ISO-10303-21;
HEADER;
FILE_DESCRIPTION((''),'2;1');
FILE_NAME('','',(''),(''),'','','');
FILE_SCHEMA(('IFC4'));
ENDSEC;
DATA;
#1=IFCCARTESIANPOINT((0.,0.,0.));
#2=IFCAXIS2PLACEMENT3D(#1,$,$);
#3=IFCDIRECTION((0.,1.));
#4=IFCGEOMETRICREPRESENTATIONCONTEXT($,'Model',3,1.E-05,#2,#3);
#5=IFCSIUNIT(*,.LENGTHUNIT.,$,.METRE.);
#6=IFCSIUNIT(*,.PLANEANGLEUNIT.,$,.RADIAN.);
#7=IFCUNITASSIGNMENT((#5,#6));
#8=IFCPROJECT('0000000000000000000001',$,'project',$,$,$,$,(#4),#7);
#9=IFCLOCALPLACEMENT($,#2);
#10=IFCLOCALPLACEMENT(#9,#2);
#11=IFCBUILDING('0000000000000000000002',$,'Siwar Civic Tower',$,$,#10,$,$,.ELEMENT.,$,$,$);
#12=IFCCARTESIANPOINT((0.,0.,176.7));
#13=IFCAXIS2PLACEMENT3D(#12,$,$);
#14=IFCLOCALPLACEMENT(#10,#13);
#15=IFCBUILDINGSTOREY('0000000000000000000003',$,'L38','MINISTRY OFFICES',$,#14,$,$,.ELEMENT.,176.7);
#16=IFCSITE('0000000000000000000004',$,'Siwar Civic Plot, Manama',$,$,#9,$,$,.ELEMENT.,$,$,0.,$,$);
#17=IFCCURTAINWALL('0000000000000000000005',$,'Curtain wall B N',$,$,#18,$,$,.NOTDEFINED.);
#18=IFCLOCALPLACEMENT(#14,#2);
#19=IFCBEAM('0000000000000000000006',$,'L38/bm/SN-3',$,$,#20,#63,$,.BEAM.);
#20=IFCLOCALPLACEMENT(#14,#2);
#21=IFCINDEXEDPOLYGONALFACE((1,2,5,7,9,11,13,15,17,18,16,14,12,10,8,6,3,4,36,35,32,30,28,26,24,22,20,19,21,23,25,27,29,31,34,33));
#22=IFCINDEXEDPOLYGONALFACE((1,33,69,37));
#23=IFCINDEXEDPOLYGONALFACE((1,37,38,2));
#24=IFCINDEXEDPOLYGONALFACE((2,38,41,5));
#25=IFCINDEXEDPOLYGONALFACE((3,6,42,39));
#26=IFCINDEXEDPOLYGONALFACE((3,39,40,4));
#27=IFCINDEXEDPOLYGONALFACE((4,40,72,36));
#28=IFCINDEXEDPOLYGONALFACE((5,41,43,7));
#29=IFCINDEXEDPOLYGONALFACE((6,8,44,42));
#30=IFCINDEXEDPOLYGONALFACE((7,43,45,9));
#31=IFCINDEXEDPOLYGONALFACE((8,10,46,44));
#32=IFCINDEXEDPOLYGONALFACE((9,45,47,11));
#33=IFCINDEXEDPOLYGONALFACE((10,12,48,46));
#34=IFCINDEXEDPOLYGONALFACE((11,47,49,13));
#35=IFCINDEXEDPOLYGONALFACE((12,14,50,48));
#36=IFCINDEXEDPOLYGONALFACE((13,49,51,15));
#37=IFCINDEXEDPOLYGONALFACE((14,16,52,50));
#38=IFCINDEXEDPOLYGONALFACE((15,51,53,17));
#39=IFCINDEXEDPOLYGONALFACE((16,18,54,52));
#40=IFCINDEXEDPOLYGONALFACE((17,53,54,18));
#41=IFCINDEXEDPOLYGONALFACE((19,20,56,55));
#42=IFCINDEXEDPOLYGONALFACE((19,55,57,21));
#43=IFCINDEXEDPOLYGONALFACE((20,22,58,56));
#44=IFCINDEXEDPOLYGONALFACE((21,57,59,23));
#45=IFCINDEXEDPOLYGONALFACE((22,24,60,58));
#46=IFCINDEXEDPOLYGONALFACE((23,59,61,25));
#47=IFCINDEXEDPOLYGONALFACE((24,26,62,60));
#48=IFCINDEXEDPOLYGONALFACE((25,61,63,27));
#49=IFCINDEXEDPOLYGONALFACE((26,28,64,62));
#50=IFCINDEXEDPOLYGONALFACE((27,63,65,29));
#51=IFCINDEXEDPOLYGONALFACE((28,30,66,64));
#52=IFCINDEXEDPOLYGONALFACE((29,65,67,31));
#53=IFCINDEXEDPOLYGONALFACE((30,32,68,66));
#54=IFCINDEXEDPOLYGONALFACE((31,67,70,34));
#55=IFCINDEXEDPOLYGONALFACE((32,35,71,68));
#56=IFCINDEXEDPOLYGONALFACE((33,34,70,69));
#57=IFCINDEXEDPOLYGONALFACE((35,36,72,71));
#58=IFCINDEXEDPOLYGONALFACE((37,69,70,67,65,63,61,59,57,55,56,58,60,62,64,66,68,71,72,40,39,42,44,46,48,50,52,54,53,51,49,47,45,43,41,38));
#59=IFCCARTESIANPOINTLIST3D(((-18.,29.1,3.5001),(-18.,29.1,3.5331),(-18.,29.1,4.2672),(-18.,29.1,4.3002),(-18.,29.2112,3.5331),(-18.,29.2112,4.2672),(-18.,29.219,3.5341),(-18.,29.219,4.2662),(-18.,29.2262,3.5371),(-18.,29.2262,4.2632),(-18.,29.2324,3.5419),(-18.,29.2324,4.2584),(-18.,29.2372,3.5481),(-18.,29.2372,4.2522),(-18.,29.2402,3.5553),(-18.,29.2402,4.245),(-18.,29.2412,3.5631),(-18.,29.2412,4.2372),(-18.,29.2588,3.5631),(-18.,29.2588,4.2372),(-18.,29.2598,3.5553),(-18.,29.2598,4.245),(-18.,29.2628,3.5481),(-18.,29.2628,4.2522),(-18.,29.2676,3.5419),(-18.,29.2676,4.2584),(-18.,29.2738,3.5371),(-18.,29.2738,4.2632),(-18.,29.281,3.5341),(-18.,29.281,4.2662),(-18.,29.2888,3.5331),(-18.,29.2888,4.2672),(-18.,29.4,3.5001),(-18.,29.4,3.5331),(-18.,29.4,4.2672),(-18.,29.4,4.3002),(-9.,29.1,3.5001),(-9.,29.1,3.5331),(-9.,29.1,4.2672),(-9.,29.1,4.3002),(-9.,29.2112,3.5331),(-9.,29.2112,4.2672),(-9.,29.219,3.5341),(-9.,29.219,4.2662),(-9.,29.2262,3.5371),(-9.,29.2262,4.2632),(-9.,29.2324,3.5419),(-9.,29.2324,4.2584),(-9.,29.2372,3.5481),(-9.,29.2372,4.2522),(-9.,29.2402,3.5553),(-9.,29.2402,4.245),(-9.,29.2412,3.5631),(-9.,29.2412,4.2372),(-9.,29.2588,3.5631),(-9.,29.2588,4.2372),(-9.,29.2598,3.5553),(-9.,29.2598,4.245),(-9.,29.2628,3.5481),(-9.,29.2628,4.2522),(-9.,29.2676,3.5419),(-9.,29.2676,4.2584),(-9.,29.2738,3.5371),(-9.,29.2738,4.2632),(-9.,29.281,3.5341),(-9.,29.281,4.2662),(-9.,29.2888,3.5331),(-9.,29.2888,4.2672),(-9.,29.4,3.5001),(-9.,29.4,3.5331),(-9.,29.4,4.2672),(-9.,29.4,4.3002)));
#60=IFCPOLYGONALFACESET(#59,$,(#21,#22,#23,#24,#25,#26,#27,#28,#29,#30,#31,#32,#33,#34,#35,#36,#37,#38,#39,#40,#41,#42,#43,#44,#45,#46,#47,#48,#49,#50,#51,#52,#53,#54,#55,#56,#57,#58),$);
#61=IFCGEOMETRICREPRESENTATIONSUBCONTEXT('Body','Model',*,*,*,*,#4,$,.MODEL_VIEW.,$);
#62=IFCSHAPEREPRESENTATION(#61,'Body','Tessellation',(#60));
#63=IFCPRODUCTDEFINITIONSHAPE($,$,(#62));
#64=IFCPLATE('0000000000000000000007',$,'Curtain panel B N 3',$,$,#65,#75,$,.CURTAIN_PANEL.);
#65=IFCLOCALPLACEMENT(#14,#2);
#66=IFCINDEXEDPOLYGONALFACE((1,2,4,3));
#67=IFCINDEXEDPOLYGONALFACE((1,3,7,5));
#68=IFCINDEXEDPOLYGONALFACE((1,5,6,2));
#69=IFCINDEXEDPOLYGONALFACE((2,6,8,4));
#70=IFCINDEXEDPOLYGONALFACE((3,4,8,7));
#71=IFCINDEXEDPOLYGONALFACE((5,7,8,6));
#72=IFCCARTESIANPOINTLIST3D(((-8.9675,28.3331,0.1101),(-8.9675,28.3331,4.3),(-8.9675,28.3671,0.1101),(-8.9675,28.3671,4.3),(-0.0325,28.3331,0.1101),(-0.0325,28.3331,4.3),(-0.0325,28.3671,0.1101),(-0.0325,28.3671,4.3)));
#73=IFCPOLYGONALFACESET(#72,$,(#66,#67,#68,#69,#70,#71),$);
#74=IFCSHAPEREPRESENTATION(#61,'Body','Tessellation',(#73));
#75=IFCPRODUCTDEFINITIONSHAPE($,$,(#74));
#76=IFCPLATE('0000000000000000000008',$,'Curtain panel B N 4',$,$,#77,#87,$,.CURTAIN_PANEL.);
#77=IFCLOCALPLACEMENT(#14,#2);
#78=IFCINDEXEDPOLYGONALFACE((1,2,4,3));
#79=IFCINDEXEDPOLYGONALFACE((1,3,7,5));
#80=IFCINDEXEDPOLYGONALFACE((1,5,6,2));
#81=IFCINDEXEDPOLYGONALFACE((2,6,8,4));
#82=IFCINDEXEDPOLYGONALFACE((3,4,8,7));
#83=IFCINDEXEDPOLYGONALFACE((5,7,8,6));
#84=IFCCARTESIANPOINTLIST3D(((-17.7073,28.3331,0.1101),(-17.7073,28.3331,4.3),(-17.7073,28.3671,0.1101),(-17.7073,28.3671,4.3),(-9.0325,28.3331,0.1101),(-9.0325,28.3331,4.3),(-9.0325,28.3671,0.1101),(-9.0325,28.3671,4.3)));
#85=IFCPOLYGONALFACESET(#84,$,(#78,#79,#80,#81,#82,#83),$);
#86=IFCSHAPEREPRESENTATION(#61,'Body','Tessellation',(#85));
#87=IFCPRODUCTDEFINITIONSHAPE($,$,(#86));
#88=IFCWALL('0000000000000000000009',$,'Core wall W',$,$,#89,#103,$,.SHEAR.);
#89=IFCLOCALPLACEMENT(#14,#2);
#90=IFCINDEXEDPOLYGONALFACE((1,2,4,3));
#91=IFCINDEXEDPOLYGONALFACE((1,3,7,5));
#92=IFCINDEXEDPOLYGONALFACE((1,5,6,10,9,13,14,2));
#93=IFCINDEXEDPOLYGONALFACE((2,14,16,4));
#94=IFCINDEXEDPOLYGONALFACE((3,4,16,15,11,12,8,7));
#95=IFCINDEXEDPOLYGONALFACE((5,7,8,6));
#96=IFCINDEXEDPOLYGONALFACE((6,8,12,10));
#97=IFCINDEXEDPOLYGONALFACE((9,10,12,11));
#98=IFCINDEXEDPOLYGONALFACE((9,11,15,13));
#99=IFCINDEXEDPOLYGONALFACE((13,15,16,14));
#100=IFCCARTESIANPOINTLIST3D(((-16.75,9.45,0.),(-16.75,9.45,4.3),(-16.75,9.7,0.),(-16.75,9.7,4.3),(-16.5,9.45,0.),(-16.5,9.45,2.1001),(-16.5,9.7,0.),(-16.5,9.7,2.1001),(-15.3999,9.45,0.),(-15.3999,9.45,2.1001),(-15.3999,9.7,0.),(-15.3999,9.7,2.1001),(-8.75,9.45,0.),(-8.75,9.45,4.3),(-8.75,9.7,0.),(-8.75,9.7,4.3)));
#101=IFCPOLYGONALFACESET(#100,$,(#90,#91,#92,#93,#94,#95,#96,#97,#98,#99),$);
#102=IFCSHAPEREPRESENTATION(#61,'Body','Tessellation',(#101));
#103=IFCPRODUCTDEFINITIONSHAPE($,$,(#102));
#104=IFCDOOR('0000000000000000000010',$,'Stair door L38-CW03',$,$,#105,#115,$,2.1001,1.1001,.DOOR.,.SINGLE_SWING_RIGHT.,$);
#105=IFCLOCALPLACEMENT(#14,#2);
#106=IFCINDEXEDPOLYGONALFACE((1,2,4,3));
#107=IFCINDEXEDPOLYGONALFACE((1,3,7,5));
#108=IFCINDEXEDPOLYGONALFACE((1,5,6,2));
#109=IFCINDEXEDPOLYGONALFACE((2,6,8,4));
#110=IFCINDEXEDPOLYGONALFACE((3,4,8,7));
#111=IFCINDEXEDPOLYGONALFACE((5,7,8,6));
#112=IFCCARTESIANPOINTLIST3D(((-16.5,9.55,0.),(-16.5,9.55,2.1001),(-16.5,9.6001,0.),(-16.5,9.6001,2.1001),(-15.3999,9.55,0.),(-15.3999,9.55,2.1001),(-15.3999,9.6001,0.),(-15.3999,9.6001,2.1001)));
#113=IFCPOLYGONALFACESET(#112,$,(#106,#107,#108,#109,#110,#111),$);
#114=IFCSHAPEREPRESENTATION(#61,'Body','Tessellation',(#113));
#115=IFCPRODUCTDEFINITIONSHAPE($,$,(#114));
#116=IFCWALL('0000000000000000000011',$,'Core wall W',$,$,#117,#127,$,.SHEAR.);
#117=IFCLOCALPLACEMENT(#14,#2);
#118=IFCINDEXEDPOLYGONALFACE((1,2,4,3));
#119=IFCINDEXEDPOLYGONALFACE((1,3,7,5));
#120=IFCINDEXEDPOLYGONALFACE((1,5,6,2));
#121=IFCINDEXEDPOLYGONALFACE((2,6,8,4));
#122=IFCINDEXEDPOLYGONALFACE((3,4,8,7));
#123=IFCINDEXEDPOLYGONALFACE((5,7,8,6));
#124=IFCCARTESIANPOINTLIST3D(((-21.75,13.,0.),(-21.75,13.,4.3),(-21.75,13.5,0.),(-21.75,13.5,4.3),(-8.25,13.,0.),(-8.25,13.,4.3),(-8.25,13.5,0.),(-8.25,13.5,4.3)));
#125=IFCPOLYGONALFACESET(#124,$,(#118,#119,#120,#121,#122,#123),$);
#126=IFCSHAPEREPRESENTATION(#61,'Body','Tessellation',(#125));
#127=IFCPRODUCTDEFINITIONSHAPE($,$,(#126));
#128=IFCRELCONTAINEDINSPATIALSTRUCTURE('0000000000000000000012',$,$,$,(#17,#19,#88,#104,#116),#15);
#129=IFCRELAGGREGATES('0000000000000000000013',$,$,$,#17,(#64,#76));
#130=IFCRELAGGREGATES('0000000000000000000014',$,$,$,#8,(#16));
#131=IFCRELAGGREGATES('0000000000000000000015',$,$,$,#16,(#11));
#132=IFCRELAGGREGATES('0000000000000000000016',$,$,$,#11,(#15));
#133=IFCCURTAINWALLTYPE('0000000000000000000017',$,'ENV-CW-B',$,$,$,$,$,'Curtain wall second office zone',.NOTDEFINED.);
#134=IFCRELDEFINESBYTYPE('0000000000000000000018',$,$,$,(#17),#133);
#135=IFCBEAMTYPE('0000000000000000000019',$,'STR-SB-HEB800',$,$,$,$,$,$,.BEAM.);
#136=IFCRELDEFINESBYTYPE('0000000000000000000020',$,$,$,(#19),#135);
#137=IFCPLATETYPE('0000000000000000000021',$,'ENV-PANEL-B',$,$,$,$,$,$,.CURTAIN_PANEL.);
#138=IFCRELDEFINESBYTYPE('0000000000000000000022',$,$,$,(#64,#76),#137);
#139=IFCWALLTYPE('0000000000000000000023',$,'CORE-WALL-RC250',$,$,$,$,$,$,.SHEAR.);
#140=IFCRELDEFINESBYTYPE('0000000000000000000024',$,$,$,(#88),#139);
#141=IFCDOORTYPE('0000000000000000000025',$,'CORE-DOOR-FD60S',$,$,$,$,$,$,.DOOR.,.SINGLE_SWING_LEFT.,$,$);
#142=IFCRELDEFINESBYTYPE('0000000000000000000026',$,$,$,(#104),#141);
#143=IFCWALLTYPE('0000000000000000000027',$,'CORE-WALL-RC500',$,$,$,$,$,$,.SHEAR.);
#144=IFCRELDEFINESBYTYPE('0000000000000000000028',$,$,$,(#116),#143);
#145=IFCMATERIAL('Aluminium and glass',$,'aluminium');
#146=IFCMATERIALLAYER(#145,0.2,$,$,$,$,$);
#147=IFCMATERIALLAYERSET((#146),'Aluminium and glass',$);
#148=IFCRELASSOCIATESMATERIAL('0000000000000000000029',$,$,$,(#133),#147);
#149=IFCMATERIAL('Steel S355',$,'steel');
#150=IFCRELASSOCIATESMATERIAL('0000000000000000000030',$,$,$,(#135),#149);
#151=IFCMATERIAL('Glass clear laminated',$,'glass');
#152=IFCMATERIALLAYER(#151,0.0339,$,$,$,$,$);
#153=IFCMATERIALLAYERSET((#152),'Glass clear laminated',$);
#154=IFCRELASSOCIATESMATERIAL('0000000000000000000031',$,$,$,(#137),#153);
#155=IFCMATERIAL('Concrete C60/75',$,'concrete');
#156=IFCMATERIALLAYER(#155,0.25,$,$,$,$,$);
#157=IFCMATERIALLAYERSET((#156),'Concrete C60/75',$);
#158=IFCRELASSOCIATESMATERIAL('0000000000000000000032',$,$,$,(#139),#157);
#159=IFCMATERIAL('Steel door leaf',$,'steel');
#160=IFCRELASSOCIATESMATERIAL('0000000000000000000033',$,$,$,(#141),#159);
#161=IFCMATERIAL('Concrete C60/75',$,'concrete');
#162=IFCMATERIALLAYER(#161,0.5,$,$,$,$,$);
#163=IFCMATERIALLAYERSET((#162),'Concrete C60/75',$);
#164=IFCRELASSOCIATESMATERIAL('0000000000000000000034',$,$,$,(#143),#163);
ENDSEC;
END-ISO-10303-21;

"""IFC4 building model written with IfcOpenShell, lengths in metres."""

from ifc_helpers import new_model, si_unit, direction, frame, frame_2d, origin, origin_2d, place, context, subcontext, project, spatial, rectangle, i_section, extrude, material, layer, layer_set, material_profile, profile_set, type_object, element, fill, aggregate, save


model = new_model("IFC4")

# Units and contexts
model_context = context("Model", 3, precision=1e-05, world=origin(), true_north=direction((0.0, 1.0)))
body_context = subcontext(model_context, "Body", "Model", "MODEL_VIEW")
ifc_project = project(units=[si_unit("LENGTHUNIT", "METRE"), si_unit("PLANEANGLEUNIT", "RADIAN")], contexts=[model_context])

# Site, building, storey
site_placement = place(None, origin())
site = spatial("IfcSite", under=ifc_project, at=site_placement, Name="Siwar Civic Plot, Manama", CompositionType="ELEMENT", RefElevation=0.0)
building_placement = place(site_placement, origin())
building = spatial("IfcBuilding", under=site, at=building_placement, Name="Siwar Civic Tower", CompositionType="ELEMENT")
storey_placement = place(building_placement, frame((0.0, 0.0, 176.7)))
storey = spatial("IfcBuildingStorey", under=building, at=storey_placement, Name="L38", Description="MINISTRY OFFICES", CompositionType="ELEMENT", Elevation=176.7)

# Curtain wall
ifc_material_1 = material(Name="Aluminium and glass", Category="aluminium")
ifc_layer_1 = layer(ifc_material_1, 0.2)
ifc_layer_set_1 = layer_set([ifc_layer_1], Name="Aluminium and glass")
curtain_wall_type = type_object("IfcCurtainWallType", Name="ENV-CW-B", ElementType="Curtain wall second office zone", PredefinedType="NOTDEFINED", material=ifc_layer_set_1)
curtain_wall_placement = place(storey_placement, origin())
curtain_wall = element("IfcCurtainWall", 1, at=curtain_wall_placement, inside=storey, type_object=curtain_wall_type, Name="Curtain wall B N", PredefinedType="NOTDEFINED")

# Beam
ifc_material_2 = material(Name="Steel S355", Category="steel")
ifc_material_profile_1 = material_profile(ifc_material_2, i_section(OverallWidth=0.3, OverallDepth=0.8, WebThickness=0.0176, FlangeThickness=0.033, FilletRadius=0.03, at=origin_2d()), Name="HEB800")
ifc_profile_set_1 = profile_set([ifc_material_profile_1], Name="Steel S355")
beam_type_1 = type_object("IfcBeamType", Name="STR-SB-HEB800", PredefinedType="BEAM", material=ifc_profile_set_1)
for number, where, z_axis, x_axis, name in (
    (2, (-9.0, 29.25, 3.9001), (-1.0, 0.0, 0.0), (0.0, -1.0, 0.0), "L38/bm/SN-3"),
):
    element("IfcBeam", number, at=place(storey_placement, frame(where, z_axis=z_axis, x_axis=x_axis)), inside=storey, type_object=beam_type_1, Name=name, PredefinedType="BEAM", context=body_context, shape_type="SweptSolid", body=[
        extrude(i_section(OverallWidth=0.3, OverallDepth=0.8, WebThickness=0.0176, FlangeThickness=0.033, FilletRadius=0.03, at=origin_2d()), origin(), (0.0, 0.0, 1.0), 9.0),
    ])

# Plates
ifc_material_3 = material(Name="Glass clear laminated", Category="glass")
ifc_layer_2 = layer(ifc_material_3, 0.0339)
ifc_layer_set_2 = layer_set([ifc_layer_2], Name="Glass clear laminated")
plate_type = type_object("IfcPlateType", Name="ENV-PANEL-B", PredefinedType="CURTAIN_PANEL", material=ifc_layer_set_2)
plate_1_placement = place(storey_placement, frame((-4.5, 28.3501, 0.1101), z_axis=(0.0, 0.0, 1.0), x_axis=(-1.0, 0.0, 0.0)))
plate_1 = element("IfcPlate", 3, at=plate_1_placement, type_object=plate_type, Name="Curtain panel B N 3", PredefinedType="CURTAIN_PANEL", context=body_context, shape_type="SweptSolid", body=[
    extrude(rectangle(XDim=8.9351, YDim=0.0339, at=origin_2d()), origin(), (0.0, 0.0, 1.0), 4.1899),
])
plate_2_placement = place(storey_placement, frame((-13.3699, 28.3501, 0.1101), z_axis=(0.0, 0.0, 1.0), x_axis=(-1.0, 0.0, 0.0)))
plate_2 = element("IfcPlate", 4, at=plate_2_placement, type_object=plate_type, Name="Curtain panel B N 4", PredefinedType="CURTAIN_PANEL", context=body_context, shape_type="SweptSolid", body=[
    extrude(rectangle(XDim=8.6748, YDim=0.0339, at=origin_2d()), origin(), (0.0, 0.0, 1.0), 4.1899),
])
aggregate(curtain_wall, [plate_1, plate_2])

# Wall, opening, door
ifc_material_4 = material(Name="Concrete C60/75", Category="concrete")
ifc_layer_3 = layer(ifc_material_4, 0.25)
ifc_layer_set_3 = layer_set([ifc_layer_3], Name="Concrete C60/75")
wall_type_1 = type_object("IfcWallType", Name="CORE-WALL-RC250", PredefinedType="SHEAR", material=ifc_layer_set_3)
wall_1_placement = place(storey_placement, frame((-8.75, 9.575, 0.0), z_axis=(0.0, 0.0, 1.0), x_axis=(-1.0, 0.0, 0.0)))
wall_1 = element("IfcWall", 5, at=wall_1_placement, inside=storey, type_object=wall_type_1, Name="Core wall W", PredefinedType="SHEAR", context=body_context, shape_type="SweptSolid", body=[
    extrude(rectangle(XDim=8.0, YDim=0.25, at=frame_2d((4.0, 0.0))), origin(), (0.0, 0.0, 1.0), 4.3),
])
opening_1_placement = place(wall_1_placement, frame((6.6499, 0.0, 0.0)))
opening_1 = element("IfcOpeningElement", 6, at=opening_1_placement, cuts=wall_1, PredefinedType="OPENING", context=body_context, shape_type="SweptSolid", body=[
    extrude(rectangle(XDim=1.1001, YDim=2.1001, at=frame_2d((0.55, 1.05))), frame((0.0, 0.135, 0.0), z_axis=(0.0, -1.0, 0.0), x_axis=(1.0, 0.0, 0.0)), (0.0, 0.0, 1.0), 0.27),
])
ifc_material_5 = material(Name="Steel door leaf", Category="steel")
door_type_1 = type_object("IfcDoorType", Name="CORE-DOOR-FD60S", OperationType="SINGLE_SWING_LEFT", PredefinedType="DOOR", material=ifc_material_5)
door_1_placement = place(opening_1_placement, origin())
door_1 = element("IfcDoor", 7, at=door_1_placement, inside=storey, type_object=door_type_1, Name="Stair door L38-CW03", OperationType="SINGLE_SWING_RIGHT", OverallHeight=2.1001, OverallWidth=1.1001, PredefinedType="DOOR", context=body_context, shape_type="SweptSolid", body=[
    extrude(rectangle(XDim=1.1001, YDim=2.1001, at=frame_2d((0.55, 1.05))), frame((0.0, 0.0249, 0.0), z_axis=(0.0, -1.0, 0.0), x_axis=(1.0, 0.0, 0.0)), (0.0, 0.0, 1.0), 0.05),
])
fill(opening_1, door_1)

# Wall
ifc_material_6 = material(Name="Concrete C60/75", Category="concrete")
ifc_layer_4 = layer(ifc_material_6, 0.5)
ifc_layer_set_4 = layer_set([ifc_layer_4], Name="Concrete C60/75")
wall_type_2 = type_object("IfcWallType", Name="CORE-WALL-RC500", PredefinedType="SHEAR", material=ifc_layer_set_4)
wall_2_placement = place(storey_placement, frame((-8.25, 13.25, 0.0), z_axis=(0.0, 0.0, 1.0), x_axis=(-1.0, 0.0, 0.0)))
element("IfcWall", 8, at=wall_2_placement, inside=storey, type_object=wall_type_2, Name="Core wall W", PredefinedType="SHEAR", context=body_context, shape_type="SweptSolid", body=[
    extrude(rectangle(XDim=13.5, YDim=0.5, at=frame_2d((6.75, 0.0))), origin(), (0.0, 0.0, 1.0), 4.3),
])

save(model, "model.ifc")
